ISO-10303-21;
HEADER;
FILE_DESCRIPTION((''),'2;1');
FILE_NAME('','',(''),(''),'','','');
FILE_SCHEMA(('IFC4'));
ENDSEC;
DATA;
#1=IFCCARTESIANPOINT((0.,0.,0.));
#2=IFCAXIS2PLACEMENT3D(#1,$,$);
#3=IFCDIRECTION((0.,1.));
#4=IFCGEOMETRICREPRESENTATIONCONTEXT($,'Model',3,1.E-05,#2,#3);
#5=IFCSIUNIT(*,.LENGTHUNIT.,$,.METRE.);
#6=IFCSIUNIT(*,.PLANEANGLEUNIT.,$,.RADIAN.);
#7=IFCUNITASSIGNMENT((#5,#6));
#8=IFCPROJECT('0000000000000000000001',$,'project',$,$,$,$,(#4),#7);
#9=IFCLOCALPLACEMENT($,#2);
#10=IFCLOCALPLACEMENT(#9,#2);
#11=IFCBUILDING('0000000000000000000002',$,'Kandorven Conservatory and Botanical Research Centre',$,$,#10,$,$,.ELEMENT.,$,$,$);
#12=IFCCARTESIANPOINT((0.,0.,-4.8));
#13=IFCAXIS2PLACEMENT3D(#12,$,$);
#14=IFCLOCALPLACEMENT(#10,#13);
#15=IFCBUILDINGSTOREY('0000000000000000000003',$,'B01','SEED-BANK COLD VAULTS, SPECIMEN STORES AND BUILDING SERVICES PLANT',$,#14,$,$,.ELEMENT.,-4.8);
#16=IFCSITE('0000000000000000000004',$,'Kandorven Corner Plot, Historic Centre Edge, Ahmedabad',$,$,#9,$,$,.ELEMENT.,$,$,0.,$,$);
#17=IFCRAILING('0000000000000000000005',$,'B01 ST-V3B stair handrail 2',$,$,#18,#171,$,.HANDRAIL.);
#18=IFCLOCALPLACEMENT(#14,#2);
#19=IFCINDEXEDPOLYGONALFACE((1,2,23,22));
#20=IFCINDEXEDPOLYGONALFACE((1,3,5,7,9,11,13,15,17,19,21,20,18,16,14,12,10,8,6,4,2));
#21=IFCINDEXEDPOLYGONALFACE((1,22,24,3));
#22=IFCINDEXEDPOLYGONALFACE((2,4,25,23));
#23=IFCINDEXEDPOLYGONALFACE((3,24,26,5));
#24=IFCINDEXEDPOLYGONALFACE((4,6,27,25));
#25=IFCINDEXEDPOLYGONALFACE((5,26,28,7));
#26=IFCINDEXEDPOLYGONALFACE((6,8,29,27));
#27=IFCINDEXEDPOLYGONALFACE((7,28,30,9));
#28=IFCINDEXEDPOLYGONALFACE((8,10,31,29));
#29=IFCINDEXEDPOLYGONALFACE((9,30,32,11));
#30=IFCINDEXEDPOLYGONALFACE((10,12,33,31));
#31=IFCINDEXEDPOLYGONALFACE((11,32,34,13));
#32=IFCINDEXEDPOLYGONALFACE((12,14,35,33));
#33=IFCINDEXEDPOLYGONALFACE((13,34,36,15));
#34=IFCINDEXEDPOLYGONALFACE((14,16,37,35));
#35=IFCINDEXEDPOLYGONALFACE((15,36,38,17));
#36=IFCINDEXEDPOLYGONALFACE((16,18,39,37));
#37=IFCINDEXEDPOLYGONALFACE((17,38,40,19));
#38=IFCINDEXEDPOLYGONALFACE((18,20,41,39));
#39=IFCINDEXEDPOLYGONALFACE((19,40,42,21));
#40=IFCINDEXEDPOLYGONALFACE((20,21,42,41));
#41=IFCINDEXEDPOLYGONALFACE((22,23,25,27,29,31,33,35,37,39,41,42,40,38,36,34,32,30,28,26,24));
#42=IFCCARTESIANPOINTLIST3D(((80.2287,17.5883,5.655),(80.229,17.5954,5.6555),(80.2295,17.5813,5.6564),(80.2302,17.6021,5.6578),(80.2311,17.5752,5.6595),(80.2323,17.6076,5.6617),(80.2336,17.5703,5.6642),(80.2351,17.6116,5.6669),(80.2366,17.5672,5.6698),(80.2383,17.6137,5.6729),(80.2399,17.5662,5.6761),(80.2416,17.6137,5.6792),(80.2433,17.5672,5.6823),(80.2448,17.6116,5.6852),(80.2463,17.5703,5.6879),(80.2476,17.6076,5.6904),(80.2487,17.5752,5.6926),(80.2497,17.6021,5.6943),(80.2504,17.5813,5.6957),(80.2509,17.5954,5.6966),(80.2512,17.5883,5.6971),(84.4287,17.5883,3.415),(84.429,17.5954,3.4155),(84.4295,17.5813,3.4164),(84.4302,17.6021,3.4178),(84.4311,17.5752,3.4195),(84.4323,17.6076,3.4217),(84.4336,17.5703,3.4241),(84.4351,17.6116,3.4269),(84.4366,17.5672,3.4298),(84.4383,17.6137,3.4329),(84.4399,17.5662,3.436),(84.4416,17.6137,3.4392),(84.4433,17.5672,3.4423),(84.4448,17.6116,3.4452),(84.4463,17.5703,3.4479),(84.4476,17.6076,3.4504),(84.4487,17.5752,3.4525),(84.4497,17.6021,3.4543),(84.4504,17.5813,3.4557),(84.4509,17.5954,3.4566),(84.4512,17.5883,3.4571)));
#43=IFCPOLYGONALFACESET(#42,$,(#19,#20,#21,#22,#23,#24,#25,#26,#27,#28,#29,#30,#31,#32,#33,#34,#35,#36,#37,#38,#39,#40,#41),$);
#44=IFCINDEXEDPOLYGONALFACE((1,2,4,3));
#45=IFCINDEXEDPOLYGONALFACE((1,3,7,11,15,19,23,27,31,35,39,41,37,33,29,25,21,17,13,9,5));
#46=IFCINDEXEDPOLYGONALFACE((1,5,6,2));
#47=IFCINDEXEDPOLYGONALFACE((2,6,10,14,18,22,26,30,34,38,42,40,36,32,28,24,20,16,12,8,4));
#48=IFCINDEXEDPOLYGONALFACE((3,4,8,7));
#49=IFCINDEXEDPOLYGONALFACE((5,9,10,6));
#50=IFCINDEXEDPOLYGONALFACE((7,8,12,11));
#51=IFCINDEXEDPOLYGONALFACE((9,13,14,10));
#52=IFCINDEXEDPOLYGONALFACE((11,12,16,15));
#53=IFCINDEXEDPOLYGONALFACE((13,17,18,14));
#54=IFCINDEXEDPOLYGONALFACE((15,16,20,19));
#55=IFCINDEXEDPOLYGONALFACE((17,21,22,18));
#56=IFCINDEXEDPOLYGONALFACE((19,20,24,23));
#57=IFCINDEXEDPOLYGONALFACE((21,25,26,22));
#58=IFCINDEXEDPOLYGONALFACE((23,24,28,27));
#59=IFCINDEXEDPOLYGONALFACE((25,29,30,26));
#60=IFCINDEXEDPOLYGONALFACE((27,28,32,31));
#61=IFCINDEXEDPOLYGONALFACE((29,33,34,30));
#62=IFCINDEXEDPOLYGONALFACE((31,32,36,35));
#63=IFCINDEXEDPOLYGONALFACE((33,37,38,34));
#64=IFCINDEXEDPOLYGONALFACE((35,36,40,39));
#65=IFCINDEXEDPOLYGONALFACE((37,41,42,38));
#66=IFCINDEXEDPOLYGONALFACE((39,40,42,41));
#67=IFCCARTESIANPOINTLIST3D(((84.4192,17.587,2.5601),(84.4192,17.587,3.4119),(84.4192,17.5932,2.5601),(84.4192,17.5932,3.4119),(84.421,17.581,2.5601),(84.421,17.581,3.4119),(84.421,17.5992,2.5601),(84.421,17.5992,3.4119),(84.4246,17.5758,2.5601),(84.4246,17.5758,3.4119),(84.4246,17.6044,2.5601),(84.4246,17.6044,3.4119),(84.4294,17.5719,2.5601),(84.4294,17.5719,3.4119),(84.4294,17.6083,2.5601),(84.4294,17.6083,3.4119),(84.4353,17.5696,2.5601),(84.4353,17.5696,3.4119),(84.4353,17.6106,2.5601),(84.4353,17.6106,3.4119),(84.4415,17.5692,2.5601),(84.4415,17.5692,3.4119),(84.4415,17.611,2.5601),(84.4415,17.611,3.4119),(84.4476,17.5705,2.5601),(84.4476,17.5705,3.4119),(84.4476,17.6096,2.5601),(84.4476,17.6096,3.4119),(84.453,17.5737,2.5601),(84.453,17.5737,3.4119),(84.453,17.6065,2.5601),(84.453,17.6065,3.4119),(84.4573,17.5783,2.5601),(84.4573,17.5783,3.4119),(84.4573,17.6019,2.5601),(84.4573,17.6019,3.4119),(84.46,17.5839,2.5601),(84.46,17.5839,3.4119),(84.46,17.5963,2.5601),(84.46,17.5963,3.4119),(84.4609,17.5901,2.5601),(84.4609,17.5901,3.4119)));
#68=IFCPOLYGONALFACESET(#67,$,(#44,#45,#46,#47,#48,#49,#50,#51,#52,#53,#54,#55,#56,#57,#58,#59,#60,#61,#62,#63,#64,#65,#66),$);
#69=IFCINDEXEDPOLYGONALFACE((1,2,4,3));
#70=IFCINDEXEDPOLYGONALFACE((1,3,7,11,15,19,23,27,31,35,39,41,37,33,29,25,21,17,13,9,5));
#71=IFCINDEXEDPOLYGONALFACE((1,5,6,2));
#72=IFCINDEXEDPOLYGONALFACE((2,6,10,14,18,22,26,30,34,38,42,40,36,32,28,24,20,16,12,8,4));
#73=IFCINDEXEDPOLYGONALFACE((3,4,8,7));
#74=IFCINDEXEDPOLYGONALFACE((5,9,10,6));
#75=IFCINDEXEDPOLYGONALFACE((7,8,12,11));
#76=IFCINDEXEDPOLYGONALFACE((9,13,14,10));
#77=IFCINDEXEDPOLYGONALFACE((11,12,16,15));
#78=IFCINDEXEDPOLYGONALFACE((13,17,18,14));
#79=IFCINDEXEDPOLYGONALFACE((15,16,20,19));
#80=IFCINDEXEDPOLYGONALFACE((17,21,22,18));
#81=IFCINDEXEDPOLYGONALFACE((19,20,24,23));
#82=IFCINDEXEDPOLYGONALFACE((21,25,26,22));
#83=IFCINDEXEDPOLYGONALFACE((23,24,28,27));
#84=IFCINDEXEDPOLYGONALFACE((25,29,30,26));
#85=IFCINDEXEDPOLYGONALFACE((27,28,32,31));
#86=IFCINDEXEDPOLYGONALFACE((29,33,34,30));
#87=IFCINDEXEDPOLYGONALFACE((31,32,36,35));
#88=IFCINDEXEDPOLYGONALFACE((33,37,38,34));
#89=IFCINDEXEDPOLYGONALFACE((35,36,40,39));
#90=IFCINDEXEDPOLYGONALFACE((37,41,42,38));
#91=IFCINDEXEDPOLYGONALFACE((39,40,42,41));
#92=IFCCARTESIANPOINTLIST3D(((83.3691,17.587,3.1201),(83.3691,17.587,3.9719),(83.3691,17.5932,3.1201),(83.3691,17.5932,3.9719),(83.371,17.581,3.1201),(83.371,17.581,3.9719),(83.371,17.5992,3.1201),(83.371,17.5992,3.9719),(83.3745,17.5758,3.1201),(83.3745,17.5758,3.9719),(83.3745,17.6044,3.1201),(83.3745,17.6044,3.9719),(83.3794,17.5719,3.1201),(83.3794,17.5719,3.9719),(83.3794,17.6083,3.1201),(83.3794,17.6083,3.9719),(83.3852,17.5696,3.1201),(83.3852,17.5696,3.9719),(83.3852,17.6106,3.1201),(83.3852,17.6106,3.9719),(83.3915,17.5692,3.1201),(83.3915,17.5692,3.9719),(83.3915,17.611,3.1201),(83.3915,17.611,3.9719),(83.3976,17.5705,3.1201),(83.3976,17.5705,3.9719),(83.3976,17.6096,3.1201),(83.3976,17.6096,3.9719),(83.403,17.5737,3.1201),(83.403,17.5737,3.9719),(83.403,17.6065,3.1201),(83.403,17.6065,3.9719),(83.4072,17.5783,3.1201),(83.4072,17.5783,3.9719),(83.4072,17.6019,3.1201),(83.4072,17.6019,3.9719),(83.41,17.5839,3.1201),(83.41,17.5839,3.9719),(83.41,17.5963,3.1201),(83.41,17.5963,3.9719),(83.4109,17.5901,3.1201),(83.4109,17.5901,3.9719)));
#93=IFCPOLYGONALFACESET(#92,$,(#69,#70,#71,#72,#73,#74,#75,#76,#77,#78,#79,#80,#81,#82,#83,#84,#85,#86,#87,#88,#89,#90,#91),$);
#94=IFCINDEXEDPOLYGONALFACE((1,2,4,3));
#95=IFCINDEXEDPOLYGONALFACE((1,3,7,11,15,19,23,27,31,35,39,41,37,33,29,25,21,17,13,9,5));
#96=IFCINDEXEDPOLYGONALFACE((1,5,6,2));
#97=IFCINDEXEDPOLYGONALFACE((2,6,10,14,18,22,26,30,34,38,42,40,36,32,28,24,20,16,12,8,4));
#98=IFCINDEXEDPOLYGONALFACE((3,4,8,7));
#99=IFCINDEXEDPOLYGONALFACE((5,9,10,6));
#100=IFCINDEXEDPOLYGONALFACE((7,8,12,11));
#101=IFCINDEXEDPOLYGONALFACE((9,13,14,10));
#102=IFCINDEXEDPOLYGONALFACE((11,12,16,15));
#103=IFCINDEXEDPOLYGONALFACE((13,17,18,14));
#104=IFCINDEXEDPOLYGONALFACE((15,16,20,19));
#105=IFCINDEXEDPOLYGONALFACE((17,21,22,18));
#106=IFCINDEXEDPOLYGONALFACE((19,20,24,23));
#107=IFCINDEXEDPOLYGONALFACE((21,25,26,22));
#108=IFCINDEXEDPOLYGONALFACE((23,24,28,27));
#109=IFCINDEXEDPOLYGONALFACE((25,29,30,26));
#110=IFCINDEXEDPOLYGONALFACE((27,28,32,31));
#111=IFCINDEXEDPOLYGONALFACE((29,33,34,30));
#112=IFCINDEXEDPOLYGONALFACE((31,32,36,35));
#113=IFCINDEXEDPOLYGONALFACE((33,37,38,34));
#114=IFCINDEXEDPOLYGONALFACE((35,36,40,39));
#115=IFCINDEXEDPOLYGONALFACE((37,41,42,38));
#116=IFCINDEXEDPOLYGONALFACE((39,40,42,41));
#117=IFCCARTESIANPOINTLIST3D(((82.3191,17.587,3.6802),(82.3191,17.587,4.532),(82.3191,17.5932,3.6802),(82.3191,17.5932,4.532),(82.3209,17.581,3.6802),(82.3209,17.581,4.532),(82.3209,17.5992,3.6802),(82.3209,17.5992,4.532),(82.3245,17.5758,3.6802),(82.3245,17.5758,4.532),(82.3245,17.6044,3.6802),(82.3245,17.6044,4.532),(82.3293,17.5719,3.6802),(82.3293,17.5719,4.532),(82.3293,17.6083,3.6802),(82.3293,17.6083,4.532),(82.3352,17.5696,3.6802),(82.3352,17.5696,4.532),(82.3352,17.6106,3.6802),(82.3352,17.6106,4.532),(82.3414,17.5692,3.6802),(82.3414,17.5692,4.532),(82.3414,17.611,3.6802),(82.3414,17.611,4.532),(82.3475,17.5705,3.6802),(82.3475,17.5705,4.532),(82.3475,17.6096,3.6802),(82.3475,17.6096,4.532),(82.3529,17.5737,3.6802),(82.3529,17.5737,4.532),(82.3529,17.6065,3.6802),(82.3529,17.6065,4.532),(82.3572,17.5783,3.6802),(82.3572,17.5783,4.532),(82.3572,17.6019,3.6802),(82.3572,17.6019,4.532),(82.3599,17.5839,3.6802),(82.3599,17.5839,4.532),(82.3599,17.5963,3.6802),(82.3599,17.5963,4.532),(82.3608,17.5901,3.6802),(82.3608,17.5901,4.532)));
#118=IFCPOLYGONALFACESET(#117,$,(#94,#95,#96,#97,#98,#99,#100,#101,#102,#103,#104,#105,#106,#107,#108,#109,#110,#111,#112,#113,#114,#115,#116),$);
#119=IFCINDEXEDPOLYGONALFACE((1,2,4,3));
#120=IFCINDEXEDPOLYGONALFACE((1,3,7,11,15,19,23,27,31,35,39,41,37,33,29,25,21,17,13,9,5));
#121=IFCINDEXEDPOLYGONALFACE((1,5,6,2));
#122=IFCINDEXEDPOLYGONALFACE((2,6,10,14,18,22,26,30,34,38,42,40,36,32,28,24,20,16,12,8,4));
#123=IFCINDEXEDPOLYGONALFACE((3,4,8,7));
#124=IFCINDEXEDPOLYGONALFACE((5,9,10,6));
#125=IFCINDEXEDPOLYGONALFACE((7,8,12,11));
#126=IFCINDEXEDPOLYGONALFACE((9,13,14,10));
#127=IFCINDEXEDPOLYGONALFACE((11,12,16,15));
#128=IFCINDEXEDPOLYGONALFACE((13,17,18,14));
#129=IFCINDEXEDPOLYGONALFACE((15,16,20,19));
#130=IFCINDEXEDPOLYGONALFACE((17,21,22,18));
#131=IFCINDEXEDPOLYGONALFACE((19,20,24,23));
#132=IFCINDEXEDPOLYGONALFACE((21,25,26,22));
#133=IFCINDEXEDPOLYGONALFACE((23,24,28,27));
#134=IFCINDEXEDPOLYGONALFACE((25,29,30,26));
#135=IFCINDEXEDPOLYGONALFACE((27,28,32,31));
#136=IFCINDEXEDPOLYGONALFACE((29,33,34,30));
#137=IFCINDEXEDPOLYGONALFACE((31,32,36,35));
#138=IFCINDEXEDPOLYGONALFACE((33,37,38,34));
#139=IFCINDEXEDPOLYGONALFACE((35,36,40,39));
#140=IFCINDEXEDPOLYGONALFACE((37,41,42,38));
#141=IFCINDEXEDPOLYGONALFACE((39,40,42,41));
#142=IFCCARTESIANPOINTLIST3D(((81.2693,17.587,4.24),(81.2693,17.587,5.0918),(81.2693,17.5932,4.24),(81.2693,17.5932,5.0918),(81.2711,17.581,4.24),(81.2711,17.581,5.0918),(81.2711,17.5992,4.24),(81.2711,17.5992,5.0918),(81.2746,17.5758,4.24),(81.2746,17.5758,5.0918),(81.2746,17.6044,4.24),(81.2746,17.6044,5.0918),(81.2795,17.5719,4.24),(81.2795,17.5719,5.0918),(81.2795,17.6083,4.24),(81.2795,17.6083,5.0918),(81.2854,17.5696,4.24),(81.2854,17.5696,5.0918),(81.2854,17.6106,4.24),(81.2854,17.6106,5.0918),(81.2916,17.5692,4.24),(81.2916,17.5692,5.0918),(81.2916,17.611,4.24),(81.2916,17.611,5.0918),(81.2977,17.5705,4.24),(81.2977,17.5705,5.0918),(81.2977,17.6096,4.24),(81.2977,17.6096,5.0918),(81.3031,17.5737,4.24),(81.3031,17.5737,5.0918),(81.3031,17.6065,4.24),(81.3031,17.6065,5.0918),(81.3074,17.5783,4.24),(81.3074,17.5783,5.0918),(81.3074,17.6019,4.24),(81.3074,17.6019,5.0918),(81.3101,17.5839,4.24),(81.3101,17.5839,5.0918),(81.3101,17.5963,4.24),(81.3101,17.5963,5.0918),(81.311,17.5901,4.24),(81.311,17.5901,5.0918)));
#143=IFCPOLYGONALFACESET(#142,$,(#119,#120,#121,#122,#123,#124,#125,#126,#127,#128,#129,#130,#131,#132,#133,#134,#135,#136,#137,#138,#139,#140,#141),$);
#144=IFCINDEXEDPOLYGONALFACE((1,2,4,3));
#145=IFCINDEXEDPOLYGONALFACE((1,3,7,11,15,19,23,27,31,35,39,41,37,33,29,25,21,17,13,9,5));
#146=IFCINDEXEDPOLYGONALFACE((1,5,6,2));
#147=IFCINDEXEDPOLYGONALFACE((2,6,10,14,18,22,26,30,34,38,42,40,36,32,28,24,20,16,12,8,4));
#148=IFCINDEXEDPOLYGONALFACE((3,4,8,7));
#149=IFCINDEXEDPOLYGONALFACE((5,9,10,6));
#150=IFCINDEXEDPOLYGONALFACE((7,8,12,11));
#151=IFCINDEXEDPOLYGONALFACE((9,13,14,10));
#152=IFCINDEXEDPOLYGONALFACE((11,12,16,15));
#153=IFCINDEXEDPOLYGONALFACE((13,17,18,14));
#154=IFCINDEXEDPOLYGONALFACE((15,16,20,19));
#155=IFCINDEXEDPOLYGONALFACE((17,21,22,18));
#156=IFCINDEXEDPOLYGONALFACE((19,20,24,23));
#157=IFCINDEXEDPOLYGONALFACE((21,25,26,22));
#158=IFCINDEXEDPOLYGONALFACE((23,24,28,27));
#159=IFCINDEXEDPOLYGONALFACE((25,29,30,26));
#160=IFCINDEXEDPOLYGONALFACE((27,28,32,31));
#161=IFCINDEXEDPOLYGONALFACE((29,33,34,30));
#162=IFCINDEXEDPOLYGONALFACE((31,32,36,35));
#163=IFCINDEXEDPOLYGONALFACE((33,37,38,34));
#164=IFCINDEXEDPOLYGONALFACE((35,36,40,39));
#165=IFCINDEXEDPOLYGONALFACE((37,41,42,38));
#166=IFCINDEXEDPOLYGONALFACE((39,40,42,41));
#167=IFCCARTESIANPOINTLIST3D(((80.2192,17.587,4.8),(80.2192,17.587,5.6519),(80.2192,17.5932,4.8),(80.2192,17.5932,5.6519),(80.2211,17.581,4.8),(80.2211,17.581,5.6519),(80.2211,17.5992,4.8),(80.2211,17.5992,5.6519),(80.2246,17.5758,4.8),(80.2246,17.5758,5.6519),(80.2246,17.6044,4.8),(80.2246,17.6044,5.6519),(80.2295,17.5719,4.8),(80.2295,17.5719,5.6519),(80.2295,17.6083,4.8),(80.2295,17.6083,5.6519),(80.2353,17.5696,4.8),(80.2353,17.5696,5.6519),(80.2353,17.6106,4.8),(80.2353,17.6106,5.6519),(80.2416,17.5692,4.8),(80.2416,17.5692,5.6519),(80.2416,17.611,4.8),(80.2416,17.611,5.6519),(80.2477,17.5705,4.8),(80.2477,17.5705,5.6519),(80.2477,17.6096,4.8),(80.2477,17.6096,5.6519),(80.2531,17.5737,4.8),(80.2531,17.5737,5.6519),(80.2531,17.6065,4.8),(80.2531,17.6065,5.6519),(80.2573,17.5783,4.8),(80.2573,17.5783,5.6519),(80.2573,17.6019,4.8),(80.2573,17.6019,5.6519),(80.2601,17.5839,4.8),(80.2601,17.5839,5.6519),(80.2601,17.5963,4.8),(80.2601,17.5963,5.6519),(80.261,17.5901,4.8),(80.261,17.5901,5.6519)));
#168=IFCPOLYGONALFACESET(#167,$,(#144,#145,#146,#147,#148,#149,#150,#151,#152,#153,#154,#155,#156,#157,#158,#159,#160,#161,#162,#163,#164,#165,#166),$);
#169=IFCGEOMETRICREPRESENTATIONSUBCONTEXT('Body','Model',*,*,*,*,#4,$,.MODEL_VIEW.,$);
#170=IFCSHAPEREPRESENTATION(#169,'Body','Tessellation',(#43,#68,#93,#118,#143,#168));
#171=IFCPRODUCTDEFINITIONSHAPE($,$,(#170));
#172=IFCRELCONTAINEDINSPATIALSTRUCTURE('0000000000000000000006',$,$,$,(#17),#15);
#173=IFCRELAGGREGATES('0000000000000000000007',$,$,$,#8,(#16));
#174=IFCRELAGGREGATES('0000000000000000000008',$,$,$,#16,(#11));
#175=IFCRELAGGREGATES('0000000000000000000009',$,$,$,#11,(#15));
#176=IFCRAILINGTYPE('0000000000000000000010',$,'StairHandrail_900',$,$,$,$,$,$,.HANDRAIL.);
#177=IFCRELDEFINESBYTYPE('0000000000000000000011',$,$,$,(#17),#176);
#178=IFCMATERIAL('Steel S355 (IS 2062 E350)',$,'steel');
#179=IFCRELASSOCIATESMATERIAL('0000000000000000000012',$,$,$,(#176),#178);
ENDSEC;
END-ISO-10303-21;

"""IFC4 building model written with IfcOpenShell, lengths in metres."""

from ifc_helpers import new_model, si_unit, direction, frame, origin, origin_2d, place, context, subcontext, project, spatial, circle, extrude, material, type_object, element, save


model = new_model("IFC4")

# Units and contexts
model_context = context("Model", 3, precision=1e-05, world=origin(), true_north=direction((0.0, 1.0)))
body_context = subcontext(model_context, "Body", "Model", "MODEL_VIEW")
ifc_project = project(units=[si_unit("LENGTHUNIT", "METRE"), si_unit("PLANEANGLEUNIT", "RADIAN")], contexts=[model_context])

# Site, building, storey
site_placement = place(None, origin())
site = spatial("IfcSite", under=ifc_project, at=site_placement, Name="Kandorven Corner Plot, Historic Centre Edge, Ahmedabad", CompositionType="ELEMENT", RefElevation=0.0)
building_placement = place(site_placement, origin())
building = spatial("IfcBuilding", under=site, at=building_placement, Name="Kandorven Conservatory and Botanical Research Centre", CompositionType="ELEMENT")
storey_placement = place(building_placement, frame((0.0, 0.0, -4.8)))
storey = spatial("IfcBuildingStorey", under=building, at=storey_placement, Name="B01", Description="SEED-BANK COLD VAULTS, SPECIMEN STORES AND BUILDING SERVICES PLANT", CompositionType="ELEMENT", Elevation=-4.8)

# Railing
ifc_material_1 = material(Name="Steel S355 (IS 2062 E350)", Category="steel")
railing_type_1 = type_object("IfcRailingType", Name="StairHandrail_900", PredefinedType="HANDRAIL", material=ifc_material_1)
railing_1_placement = place(storey_placement, frame((84.4399, 17.5901, 2.5601)))
element("IfcRailing", 1, at=railing_1_placement, inside=storey, type_object=railing_type_1, Name="B01 ST-V3B stair handrail 2", PredefinedType="HANDRAIL", context=body_context, shape_type="SweptSolid", body=[
    extrude(circle(Radius=0.0239, at=origin_2d()), frame((0.0, 0.0, 0.876), z_axis=(-0.882352, 0.0, 0.470591), x_axis=(0.0, -1.0, 0.0)), (0.0, 0.0, 1.0), 4.76),
    extrude(circle(Radius=0.021, at=origin_2d()), origin(), (0.0, 0.0, 1.0), 0.8518),
    extrude(circle(Radius=0.021, at=origin_2d()), frame((-1.05, 0.0, 0.5601)), (0.0, 0.0, 1.0), 0.8518),
    extrude(circle(Radius=0.021, at=origin_2d()), frame((-2.1001, 0.0, 1.1201)), (0.0, 0.0, 1.0), 0.8518),
    extrude(circle(Radius=0.021, at=origin_2d()), frame((-3.1499, 0.0, 1.6799)), (0.0, 0.0, 1.0), 0.8518),
    extrude(circle(Radius=0.021, at=origin_2d()), frame((-4.2, 0.0, 2.24)), (0.0, 0.0, 1.0), 0.8518),
])

save(model, "model.ifc")
